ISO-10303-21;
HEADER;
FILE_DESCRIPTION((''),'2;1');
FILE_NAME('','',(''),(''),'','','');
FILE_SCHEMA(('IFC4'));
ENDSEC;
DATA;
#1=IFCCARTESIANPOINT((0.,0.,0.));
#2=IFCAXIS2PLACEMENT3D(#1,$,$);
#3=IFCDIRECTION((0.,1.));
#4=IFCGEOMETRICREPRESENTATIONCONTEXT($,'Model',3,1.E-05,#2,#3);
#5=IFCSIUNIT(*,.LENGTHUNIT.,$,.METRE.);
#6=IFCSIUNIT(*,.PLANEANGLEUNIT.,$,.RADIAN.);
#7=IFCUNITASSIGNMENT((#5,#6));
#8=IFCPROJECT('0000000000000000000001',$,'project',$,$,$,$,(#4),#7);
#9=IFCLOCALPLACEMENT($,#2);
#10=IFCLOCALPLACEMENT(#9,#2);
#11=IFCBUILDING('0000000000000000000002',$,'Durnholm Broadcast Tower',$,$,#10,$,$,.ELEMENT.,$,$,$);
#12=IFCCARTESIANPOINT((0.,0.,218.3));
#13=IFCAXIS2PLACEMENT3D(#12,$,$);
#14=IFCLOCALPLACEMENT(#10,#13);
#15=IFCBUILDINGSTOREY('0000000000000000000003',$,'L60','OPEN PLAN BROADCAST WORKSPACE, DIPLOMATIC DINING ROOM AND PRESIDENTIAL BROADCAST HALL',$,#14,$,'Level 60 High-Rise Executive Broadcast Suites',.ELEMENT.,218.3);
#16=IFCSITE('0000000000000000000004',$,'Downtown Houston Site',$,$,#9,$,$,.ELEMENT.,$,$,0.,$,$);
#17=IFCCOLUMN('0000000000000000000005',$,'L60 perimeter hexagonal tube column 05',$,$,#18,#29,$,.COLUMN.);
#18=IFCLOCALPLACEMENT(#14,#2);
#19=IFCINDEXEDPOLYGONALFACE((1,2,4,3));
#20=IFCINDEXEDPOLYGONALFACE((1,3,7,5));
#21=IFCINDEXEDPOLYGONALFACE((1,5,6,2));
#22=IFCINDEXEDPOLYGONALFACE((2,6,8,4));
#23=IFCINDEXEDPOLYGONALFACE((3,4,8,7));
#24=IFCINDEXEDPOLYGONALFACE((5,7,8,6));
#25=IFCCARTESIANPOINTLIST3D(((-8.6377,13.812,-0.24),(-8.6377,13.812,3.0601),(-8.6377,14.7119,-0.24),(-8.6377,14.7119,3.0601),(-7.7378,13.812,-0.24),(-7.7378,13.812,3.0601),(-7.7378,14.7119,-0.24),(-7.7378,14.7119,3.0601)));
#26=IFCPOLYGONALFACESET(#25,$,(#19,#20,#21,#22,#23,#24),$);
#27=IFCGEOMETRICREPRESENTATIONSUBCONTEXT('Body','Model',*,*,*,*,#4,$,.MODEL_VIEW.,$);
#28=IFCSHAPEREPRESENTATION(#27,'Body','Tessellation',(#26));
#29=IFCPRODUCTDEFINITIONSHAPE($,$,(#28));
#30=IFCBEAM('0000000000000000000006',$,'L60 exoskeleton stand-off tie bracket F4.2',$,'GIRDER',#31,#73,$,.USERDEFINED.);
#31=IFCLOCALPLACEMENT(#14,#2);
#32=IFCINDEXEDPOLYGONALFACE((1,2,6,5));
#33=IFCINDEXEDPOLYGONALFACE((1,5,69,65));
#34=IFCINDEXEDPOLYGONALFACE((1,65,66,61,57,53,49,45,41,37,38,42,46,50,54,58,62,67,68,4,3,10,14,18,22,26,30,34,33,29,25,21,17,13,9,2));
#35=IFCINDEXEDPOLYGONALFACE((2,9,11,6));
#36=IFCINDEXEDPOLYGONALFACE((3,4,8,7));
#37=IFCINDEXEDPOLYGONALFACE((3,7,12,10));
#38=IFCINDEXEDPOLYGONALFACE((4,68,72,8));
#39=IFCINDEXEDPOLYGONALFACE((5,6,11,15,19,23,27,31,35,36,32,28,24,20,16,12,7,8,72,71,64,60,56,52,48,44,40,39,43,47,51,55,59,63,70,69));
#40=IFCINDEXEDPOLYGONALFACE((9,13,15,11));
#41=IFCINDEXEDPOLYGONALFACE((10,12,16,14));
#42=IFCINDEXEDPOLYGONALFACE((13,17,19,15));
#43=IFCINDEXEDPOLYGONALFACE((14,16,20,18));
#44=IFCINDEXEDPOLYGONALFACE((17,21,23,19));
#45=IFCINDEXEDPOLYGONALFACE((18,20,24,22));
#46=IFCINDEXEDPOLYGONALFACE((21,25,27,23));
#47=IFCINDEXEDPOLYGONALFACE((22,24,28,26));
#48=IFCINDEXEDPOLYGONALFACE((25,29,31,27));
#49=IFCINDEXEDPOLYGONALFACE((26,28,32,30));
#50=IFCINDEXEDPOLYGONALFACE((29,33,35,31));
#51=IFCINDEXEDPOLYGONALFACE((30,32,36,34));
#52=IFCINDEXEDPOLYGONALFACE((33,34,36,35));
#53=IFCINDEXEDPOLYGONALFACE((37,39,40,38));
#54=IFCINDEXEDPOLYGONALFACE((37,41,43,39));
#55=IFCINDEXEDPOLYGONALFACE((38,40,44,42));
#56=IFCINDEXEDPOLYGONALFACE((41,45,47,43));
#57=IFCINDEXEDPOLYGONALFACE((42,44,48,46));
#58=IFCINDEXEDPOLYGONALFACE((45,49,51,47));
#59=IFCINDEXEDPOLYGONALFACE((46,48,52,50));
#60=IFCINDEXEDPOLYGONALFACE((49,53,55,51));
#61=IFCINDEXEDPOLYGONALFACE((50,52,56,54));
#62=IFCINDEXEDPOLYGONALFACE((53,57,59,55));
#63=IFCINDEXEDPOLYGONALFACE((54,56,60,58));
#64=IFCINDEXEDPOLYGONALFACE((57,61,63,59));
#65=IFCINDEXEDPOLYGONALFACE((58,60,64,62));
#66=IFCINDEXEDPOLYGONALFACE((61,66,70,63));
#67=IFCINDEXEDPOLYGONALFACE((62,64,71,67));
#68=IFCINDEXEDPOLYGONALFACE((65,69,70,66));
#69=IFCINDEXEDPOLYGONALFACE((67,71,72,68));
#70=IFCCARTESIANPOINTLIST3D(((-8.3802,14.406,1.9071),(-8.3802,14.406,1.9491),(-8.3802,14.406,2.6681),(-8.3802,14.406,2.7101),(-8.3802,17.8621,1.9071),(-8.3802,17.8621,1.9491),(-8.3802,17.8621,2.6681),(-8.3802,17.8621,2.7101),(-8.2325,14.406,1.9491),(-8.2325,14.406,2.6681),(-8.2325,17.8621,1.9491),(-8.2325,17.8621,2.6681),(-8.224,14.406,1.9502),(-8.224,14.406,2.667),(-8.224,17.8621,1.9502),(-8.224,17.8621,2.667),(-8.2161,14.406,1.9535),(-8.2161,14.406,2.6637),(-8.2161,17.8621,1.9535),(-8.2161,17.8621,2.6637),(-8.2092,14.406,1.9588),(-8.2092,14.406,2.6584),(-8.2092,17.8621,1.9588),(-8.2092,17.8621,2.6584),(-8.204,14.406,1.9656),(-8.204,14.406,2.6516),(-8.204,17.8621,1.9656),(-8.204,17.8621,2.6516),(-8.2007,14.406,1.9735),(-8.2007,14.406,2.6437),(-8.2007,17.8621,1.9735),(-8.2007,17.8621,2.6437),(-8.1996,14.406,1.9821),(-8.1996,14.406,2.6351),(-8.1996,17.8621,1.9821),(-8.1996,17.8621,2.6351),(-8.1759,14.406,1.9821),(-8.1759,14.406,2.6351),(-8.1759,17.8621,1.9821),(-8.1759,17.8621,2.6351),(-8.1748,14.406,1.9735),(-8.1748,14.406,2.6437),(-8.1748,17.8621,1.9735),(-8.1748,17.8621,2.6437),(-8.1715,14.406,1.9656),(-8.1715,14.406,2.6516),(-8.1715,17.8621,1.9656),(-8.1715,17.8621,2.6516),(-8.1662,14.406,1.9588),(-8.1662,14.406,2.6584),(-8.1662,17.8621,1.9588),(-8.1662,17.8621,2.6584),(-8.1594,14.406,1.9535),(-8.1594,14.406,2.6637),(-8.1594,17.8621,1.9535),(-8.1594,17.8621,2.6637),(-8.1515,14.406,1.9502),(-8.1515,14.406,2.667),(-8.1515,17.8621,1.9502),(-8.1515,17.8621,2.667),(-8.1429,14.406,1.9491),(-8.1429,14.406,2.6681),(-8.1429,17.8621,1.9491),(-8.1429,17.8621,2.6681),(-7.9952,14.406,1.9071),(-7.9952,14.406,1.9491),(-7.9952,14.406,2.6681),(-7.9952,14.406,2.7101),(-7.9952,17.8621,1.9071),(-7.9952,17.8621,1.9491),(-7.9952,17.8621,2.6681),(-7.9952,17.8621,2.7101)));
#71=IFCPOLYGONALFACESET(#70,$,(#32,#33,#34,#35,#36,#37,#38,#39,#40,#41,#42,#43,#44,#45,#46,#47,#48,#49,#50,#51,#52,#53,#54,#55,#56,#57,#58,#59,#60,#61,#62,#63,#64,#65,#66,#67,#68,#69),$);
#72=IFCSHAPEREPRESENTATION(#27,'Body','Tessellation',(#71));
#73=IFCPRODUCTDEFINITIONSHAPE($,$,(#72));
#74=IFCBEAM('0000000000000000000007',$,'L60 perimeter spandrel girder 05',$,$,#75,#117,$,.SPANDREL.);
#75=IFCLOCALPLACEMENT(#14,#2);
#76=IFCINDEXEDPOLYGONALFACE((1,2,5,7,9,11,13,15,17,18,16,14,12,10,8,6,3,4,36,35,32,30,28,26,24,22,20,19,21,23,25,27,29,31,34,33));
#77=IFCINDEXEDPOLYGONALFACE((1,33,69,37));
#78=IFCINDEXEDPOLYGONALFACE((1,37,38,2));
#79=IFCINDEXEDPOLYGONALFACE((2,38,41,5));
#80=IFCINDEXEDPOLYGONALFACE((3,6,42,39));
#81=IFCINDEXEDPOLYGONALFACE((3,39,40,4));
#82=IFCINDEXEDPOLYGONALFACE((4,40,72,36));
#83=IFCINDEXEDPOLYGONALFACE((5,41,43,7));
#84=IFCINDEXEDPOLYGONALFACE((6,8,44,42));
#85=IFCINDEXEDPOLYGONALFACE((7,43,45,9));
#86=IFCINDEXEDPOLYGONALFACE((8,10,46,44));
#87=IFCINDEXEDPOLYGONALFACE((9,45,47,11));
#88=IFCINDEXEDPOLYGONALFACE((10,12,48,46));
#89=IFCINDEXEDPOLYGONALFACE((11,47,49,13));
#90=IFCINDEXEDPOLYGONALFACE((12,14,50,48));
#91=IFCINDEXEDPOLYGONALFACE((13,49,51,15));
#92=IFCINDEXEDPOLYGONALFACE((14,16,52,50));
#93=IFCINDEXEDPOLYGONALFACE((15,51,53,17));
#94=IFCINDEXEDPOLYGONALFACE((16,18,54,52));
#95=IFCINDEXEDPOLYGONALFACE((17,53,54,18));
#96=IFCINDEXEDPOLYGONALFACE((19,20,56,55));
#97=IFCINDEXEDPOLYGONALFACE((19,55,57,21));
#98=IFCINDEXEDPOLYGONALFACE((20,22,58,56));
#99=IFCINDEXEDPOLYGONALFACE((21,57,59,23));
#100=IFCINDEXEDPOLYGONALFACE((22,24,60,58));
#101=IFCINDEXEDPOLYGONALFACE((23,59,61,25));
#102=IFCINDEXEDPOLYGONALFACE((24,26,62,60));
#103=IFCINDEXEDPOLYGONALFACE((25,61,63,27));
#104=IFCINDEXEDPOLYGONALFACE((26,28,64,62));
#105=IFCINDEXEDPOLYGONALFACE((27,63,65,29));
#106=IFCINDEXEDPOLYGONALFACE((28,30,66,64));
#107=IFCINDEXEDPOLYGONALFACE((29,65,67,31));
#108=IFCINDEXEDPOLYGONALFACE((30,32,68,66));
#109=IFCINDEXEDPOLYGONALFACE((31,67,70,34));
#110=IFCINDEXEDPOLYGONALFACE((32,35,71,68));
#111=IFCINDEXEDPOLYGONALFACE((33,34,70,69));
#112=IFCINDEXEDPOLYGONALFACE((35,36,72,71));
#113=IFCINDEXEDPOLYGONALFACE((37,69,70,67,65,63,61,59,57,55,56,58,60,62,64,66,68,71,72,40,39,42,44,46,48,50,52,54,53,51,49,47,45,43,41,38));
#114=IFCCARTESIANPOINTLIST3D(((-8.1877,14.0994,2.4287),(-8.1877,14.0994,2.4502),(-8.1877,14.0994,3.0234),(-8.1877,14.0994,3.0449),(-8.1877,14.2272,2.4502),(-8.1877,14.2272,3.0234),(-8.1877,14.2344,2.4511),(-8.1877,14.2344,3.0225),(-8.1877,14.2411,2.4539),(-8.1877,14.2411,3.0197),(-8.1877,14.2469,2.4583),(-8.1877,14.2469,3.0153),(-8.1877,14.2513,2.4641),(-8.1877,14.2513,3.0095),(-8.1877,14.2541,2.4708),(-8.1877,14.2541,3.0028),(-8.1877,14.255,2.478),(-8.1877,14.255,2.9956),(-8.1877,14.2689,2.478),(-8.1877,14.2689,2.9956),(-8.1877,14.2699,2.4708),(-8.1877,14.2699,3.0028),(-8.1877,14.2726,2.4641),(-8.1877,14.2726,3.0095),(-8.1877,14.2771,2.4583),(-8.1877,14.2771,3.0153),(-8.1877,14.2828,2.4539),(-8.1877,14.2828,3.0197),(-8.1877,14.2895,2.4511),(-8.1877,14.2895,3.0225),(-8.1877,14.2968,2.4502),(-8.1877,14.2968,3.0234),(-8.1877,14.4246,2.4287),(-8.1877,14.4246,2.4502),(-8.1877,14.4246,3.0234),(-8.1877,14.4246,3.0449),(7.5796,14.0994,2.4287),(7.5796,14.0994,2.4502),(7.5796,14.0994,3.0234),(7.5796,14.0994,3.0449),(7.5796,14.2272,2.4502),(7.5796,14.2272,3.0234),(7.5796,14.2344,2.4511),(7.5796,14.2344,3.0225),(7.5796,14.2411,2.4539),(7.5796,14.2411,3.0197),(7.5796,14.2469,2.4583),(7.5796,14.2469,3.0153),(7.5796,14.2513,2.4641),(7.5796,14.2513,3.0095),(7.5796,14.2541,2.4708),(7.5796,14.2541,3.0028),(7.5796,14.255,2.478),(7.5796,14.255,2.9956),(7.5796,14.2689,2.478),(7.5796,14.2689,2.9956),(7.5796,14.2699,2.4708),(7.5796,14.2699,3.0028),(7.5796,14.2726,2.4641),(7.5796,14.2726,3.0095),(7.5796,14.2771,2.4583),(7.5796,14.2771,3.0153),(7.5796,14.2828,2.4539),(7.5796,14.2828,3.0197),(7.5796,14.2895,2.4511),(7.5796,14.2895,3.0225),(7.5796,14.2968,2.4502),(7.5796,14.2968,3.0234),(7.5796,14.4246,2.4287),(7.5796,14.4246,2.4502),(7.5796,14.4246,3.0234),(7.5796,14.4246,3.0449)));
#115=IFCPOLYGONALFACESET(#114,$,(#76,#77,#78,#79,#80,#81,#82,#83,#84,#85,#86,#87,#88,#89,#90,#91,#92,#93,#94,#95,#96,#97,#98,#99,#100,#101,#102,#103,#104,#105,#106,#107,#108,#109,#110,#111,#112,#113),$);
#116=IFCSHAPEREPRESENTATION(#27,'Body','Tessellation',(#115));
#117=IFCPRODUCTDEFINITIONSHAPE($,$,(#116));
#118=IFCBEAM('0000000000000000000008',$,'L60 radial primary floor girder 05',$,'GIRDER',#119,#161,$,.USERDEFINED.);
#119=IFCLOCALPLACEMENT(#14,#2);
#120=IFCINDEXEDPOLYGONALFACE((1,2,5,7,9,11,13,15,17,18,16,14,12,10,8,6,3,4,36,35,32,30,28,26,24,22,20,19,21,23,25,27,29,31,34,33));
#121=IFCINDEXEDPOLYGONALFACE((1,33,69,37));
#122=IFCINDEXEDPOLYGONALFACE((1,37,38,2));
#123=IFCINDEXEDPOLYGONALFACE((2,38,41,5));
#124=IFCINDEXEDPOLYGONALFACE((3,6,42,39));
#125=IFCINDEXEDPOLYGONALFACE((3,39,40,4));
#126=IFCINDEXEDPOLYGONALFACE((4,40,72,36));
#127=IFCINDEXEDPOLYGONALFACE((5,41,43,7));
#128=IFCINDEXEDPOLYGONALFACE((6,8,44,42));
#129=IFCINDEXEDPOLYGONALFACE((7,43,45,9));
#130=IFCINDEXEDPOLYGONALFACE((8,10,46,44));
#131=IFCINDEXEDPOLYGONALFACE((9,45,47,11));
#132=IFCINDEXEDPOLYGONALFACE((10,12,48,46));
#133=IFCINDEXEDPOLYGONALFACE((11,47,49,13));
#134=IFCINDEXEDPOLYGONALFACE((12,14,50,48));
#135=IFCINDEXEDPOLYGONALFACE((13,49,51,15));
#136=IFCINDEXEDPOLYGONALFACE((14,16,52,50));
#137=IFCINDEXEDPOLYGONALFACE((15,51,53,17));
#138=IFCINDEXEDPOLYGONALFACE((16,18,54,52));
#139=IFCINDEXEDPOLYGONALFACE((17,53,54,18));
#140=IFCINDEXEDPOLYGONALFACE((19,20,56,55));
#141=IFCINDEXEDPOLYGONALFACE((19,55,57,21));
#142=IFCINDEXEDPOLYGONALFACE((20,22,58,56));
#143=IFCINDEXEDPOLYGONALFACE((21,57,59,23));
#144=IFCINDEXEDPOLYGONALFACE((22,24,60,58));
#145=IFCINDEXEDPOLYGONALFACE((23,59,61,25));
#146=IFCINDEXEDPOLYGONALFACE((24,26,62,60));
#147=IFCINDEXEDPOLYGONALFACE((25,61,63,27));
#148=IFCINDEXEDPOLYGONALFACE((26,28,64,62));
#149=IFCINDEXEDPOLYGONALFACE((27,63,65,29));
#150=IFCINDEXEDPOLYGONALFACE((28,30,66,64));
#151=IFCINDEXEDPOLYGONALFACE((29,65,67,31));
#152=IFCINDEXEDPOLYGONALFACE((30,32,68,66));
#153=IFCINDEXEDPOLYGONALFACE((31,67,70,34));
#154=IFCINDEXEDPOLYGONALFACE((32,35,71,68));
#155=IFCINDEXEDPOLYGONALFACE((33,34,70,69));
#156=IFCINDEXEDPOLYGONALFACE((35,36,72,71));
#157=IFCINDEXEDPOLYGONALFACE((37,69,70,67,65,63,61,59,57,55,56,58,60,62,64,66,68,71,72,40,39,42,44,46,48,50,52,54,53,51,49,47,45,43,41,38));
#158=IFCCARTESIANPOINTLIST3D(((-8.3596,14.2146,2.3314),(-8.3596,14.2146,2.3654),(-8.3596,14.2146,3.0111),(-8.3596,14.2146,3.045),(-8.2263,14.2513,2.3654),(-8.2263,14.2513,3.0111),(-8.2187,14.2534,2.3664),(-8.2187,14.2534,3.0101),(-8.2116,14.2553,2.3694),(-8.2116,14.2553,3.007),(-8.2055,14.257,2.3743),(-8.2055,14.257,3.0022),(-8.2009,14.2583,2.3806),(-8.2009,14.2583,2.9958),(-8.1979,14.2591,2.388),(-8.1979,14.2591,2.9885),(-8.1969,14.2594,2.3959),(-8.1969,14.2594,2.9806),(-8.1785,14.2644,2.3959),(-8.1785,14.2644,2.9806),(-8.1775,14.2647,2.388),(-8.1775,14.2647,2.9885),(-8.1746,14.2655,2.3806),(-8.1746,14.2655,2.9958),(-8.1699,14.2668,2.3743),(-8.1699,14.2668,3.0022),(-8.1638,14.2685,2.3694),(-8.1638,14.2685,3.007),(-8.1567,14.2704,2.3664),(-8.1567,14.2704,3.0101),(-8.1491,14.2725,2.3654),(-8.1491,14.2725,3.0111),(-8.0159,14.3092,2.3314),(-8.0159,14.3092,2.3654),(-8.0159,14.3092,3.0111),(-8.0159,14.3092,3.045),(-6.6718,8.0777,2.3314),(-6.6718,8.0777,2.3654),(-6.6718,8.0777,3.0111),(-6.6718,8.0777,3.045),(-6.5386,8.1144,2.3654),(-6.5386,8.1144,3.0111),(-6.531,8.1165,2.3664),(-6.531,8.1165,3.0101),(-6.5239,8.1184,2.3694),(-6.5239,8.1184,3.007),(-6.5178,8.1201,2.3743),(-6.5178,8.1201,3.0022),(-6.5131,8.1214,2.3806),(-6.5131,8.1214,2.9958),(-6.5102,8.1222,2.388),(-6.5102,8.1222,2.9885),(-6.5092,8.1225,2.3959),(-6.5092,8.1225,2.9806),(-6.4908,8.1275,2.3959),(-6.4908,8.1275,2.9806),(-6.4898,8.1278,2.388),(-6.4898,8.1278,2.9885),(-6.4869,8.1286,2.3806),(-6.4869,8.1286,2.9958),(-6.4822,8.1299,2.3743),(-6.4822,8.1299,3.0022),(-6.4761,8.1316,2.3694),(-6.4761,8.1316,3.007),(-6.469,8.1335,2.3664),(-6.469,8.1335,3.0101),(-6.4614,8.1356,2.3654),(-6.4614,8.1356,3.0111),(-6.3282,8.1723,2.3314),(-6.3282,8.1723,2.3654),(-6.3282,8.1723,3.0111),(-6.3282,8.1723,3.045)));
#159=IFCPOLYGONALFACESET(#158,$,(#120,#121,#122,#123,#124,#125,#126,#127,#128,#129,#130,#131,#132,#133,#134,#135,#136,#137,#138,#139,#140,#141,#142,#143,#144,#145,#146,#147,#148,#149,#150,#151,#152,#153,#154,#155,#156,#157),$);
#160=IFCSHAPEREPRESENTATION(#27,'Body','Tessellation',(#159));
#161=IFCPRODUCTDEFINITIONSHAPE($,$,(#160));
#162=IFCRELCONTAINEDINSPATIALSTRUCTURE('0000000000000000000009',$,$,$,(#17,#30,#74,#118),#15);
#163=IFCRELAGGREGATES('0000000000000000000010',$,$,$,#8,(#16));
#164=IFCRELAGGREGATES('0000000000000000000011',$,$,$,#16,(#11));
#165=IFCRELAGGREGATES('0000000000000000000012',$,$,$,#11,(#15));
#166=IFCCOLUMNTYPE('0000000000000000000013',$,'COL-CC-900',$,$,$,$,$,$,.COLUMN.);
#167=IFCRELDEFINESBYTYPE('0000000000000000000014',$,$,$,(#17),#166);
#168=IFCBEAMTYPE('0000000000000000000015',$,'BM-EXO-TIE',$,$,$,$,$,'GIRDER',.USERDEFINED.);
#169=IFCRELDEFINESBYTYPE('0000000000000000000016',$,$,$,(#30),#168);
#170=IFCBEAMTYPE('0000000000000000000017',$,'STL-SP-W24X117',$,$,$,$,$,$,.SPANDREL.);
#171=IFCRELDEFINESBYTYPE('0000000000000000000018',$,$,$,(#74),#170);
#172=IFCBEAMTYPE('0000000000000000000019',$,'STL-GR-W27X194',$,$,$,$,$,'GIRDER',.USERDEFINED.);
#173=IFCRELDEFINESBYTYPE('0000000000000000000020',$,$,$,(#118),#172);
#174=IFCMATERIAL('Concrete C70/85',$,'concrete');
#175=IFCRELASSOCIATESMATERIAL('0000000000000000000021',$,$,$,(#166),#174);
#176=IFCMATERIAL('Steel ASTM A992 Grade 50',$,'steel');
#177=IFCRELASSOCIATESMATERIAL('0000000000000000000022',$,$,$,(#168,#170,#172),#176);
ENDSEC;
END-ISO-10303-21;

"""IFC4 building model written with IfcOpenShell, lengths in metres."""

from ifc_helpers import new_model, si_unit, direction, frame, origin, origin_2d, place, context, subcontext, project, spatial, rectangle, i_section, extrude, source, transform, mapped, material, material_profile, profile_set, type_object, type_shapes, element, save


model = new_model("IFC4")

# Units and contexts
model_context = context("Model", 3, precision=1e-05, world=origin(), true_north=direction((0.0, 1.0)))
body_context = subcontext(model_context, "Body", "Model", "MODEL_VIEW")
ifc_project = project(units=[si_unit("LENGTHUNIT", "METRE"), si_unit("PLANEANGLEUNIT", "RADIAN")], contexts=[model_context])

# Site, building, storey
site_placement = place(None, origin())
site = spatial("IfcSite", under=ifc_project, at=site_placement, Name="Downtown Houston Site", CompositionType="ELEMENT", RefElevation=0.0)
building_placement = place(site_placement, origin())
building = spatial("IfcBuilding", under=site, at=building_placement, Name="Durnholm Broadcast Tower", CompositionType="ELEMENT")
storey_placement = place(building_placement, frame((0.0, 0.0, 218.3)))
storey = spatial("IfcBuildingStorey", under=building, at=storey_placement, Name="L60", Description="OPEN PLAN BROADCAST WORKSPACE, DIPLOMATIC DINING ROOM AND PRESIDENTIAL BROADCAST HALL", LongName="Level 60 High-Rise Executive Broadcast Suites", CompositionType="ELEMENT", Elevation=218.3)

# Column
ifc_material_1 = material(Name="Concrete C70/85", Category="concrete")
ifc_material_profile_1 = material_profile(ifc_material_1, rectangle(XDim=0.8999, YDim=0.8999, at=origin_2d()), Name="RC900X900")
ifc_profile_set_1 = profile_set([ifc_material_profile_1], Name="Concrete C70/85")
column_type = type_object("IfcColumnType", Name="COL-CC-900", PredefinedType="COLUMN", material=ifc_profile_set_1)
shared_shape_1 = source(origin(), body_context, "Body", "SweptSolid", [
    extrude(rectangle(XDim=0.8999, YDim=0.8999, at=origin_2d()), origin(), (0.0, 0.0, 1.0), 3.3),
])
type_shapes(column_type, [shared_shape_1])
column_placement = place(storey_placement, frame((-8.1877, 14.262, -0.24), z_axis=(0.0, 0.0, 1.0), x_axis=(1.0, 0.0, 0.0)))
element("IfcColumn", 1, at=column_placement, inside=storey, type_object=column_type, Name="L60 perimeter hexagonal tube column 05", PredefinedType="COLUMN", context=body_context, shape_type="MappedRepresentation", body=[
    mapped(shared_shape_1, transform((0.0, 0.0, 0.0), x_axis=(1.0, 0.0, 0.0), y_axis=(0.0, 1.0, 0.0), z_axis=(0.0, 0.0, 1.0), scale=1.0)),
])

# Beams
ifc_material_2 = material(Name="Steel ASTM A992 Grade 50", Category="steel")
ifc_material_profile_2 = material_profile(ifc_material_2, i_section(OverallWidth=0.385, OverallDepth=0.803, WebThickness=0.0237, FlangeThickness=0.042, FilletRadius=0.033, at=origin_2d()), Name="W30X261")
ifc_profile_set_2 = profile_set([ifc_material_profile_2], Name="Steel ASTM A992 Grade 50")
beam_type_1 = type_object("IfcBeamType", Name="BM-EXO-TIE", ElementType="GIRDER", PredefinedType="USERDEFINED", material=ifc_profile_set_2)
shared_shape_2 = source(origin(), body_context, "Body", "SweptSolid", [
    extrude(i_section(OverallWidth=0.385, OverallDepth=0.803, WebThickness=0.0237, FlangeThickness=0.042, FilletRadius=0.033, at=origin_2d()), origin(), (0.0, 0.0, 1.0), 3.4561),
])
type_shapes(beam_type_1, [shared_shape_2])
beam_1_placement = place(storey_placement, frame((-8.1877, 14.406, 2.3086), z_axis=(0.0, 1.0, 0.0), x_axis=(-1.0, 0.0, 0.0)))
element("IfcBeam", 2, at=beam_1_placement, inside=storey, type_object=beam_type_1, Name="L60 exoskeleton stand-off tie bracket F4.2", ObjectType="GIRDER", PredefinedType="USERDEFINED", context=body_context, shape_type="MappedRepresentation", body=[
    mapped(shared_shape_2, transform((0.0, 0.0, 0.0), x_axis=(1.0, 0.0, 0.0), y_axis=(0.0, 1.0, 0.0), z_axis=(0.0, 0.0, 1.0), scale=1.0)),
])
ifc_material_profile_3 = material_profile(ifc_material_2, i_section(OverallWidth=0.3252, OverallDepth=0.6162, WebThickness=0.0139, FlangeThickness=0.0215, FilletRadius=0.0278, at=origin_2d()), Name="W24X117")
ifc_profile_set_3 = profile_set([ifc_material_profile_3], Name="Steel ASTM A992 Grade 50")
beam_type_2 = type_object("IfcBeamType", Name="STL-SP-W24X117", PredefinedType="SPANDREL", material=ifc_profile_set_3)
shared_shape_3 = source(origin(), body_context, "Body", "SweptSolid", [
    extrude(i_section(OverallWidth=0.3252, OverallDepth=0.6162, WebThickness=0.0139, FlangeThickness=0.0215, FilletRadius=0.0278, at=origin_2d()), origin(), (0.0, 0.0, 1.0), 15.7673),
])
type_shapes(beam_type_2, [shared_shape_3])
beam_2_placement = place(storey_placement, frame((-8.1877, 14.262, 2.7368), z_axis=(1.0, 0.0, 0.0), x_axis=(0.0, 1.0, 0.0)))
element("IfcBeam", 3, at=beam_2_placement, inside=storey, type_object=beam_type_2, Name="L60 perimeter spandrel girder 05", PredefinedType="SPANDREL", context=body_context, shape_type="MappedRepresentation", body=[
    mapped(shared_shape_3, transform((0.0, 0.0, 0.0), x_axis=(1.0, 0.0, 0.0), y_axis=(0.0, 1.0, 0.0), z_axis=(0.0, 0.0, 1.0), scale=1.0)),
])
ifc_material_profile_4 = material_profile(ifc_material_2, i_section(OverallWidth=0.3564, OverallDepth=0.7136, WebThickness=0.019, FlangeThickness=0.0339, FilletRadius=0.0305, at=origin_2d()), Name="W27X194")
ifc_profile_set_4 = profile_set([ifc_material_profile_4], Name="Steel ASTM A992 Grade 50")
beam_type_3 = type_object("IfcBeamType", Name="STL-GR-W27X194", ElementType="GIRDER", PredefinedType="USERDEFINED", material=ifc_profile_set_4)
shared_shape_4 = source(origin(), body_context, "Body", "SweptSolid", [
    extrude(i_section(OverallWidth=0.3564, OverallDepth=0.7136, WebThickness=0.019, FlangeThickness=0.0339, FilletRadius=0.0305, at=origin_2d()), origin(), (0.0, 0.0, 1.0), 6.3647),
])
type_shapes(beam_type_3, [shared_shape_4])
beam_3_placement = place(storey_placement, frame((-6.5, 8.125, 2.6882), z_axis=(-0.265168, 0.964202, 0.0), x_axis=(-0.964202, -0.265168, 0.0)))
element("IfcBeam", 4, at=beam_3_placement, inside=storey, type_object=beam_type_3, Name="L60 radial primary floor girder 05", ObjectType="GIRDER", PredefinedType="USERDEFINED", context=body_context, shape_type="MappedRepresentation", body=[
    mapped(shared_shape_4, transform((0.0, 0.0, 0.0), x_axis=(1.0, 0.0, 0.0), y_axis=(0.0, 1.0, 0.0), z_axis=(0.0, 0.0, 1.0), scale=1.0)),
])

save(model, "model.ifc")
